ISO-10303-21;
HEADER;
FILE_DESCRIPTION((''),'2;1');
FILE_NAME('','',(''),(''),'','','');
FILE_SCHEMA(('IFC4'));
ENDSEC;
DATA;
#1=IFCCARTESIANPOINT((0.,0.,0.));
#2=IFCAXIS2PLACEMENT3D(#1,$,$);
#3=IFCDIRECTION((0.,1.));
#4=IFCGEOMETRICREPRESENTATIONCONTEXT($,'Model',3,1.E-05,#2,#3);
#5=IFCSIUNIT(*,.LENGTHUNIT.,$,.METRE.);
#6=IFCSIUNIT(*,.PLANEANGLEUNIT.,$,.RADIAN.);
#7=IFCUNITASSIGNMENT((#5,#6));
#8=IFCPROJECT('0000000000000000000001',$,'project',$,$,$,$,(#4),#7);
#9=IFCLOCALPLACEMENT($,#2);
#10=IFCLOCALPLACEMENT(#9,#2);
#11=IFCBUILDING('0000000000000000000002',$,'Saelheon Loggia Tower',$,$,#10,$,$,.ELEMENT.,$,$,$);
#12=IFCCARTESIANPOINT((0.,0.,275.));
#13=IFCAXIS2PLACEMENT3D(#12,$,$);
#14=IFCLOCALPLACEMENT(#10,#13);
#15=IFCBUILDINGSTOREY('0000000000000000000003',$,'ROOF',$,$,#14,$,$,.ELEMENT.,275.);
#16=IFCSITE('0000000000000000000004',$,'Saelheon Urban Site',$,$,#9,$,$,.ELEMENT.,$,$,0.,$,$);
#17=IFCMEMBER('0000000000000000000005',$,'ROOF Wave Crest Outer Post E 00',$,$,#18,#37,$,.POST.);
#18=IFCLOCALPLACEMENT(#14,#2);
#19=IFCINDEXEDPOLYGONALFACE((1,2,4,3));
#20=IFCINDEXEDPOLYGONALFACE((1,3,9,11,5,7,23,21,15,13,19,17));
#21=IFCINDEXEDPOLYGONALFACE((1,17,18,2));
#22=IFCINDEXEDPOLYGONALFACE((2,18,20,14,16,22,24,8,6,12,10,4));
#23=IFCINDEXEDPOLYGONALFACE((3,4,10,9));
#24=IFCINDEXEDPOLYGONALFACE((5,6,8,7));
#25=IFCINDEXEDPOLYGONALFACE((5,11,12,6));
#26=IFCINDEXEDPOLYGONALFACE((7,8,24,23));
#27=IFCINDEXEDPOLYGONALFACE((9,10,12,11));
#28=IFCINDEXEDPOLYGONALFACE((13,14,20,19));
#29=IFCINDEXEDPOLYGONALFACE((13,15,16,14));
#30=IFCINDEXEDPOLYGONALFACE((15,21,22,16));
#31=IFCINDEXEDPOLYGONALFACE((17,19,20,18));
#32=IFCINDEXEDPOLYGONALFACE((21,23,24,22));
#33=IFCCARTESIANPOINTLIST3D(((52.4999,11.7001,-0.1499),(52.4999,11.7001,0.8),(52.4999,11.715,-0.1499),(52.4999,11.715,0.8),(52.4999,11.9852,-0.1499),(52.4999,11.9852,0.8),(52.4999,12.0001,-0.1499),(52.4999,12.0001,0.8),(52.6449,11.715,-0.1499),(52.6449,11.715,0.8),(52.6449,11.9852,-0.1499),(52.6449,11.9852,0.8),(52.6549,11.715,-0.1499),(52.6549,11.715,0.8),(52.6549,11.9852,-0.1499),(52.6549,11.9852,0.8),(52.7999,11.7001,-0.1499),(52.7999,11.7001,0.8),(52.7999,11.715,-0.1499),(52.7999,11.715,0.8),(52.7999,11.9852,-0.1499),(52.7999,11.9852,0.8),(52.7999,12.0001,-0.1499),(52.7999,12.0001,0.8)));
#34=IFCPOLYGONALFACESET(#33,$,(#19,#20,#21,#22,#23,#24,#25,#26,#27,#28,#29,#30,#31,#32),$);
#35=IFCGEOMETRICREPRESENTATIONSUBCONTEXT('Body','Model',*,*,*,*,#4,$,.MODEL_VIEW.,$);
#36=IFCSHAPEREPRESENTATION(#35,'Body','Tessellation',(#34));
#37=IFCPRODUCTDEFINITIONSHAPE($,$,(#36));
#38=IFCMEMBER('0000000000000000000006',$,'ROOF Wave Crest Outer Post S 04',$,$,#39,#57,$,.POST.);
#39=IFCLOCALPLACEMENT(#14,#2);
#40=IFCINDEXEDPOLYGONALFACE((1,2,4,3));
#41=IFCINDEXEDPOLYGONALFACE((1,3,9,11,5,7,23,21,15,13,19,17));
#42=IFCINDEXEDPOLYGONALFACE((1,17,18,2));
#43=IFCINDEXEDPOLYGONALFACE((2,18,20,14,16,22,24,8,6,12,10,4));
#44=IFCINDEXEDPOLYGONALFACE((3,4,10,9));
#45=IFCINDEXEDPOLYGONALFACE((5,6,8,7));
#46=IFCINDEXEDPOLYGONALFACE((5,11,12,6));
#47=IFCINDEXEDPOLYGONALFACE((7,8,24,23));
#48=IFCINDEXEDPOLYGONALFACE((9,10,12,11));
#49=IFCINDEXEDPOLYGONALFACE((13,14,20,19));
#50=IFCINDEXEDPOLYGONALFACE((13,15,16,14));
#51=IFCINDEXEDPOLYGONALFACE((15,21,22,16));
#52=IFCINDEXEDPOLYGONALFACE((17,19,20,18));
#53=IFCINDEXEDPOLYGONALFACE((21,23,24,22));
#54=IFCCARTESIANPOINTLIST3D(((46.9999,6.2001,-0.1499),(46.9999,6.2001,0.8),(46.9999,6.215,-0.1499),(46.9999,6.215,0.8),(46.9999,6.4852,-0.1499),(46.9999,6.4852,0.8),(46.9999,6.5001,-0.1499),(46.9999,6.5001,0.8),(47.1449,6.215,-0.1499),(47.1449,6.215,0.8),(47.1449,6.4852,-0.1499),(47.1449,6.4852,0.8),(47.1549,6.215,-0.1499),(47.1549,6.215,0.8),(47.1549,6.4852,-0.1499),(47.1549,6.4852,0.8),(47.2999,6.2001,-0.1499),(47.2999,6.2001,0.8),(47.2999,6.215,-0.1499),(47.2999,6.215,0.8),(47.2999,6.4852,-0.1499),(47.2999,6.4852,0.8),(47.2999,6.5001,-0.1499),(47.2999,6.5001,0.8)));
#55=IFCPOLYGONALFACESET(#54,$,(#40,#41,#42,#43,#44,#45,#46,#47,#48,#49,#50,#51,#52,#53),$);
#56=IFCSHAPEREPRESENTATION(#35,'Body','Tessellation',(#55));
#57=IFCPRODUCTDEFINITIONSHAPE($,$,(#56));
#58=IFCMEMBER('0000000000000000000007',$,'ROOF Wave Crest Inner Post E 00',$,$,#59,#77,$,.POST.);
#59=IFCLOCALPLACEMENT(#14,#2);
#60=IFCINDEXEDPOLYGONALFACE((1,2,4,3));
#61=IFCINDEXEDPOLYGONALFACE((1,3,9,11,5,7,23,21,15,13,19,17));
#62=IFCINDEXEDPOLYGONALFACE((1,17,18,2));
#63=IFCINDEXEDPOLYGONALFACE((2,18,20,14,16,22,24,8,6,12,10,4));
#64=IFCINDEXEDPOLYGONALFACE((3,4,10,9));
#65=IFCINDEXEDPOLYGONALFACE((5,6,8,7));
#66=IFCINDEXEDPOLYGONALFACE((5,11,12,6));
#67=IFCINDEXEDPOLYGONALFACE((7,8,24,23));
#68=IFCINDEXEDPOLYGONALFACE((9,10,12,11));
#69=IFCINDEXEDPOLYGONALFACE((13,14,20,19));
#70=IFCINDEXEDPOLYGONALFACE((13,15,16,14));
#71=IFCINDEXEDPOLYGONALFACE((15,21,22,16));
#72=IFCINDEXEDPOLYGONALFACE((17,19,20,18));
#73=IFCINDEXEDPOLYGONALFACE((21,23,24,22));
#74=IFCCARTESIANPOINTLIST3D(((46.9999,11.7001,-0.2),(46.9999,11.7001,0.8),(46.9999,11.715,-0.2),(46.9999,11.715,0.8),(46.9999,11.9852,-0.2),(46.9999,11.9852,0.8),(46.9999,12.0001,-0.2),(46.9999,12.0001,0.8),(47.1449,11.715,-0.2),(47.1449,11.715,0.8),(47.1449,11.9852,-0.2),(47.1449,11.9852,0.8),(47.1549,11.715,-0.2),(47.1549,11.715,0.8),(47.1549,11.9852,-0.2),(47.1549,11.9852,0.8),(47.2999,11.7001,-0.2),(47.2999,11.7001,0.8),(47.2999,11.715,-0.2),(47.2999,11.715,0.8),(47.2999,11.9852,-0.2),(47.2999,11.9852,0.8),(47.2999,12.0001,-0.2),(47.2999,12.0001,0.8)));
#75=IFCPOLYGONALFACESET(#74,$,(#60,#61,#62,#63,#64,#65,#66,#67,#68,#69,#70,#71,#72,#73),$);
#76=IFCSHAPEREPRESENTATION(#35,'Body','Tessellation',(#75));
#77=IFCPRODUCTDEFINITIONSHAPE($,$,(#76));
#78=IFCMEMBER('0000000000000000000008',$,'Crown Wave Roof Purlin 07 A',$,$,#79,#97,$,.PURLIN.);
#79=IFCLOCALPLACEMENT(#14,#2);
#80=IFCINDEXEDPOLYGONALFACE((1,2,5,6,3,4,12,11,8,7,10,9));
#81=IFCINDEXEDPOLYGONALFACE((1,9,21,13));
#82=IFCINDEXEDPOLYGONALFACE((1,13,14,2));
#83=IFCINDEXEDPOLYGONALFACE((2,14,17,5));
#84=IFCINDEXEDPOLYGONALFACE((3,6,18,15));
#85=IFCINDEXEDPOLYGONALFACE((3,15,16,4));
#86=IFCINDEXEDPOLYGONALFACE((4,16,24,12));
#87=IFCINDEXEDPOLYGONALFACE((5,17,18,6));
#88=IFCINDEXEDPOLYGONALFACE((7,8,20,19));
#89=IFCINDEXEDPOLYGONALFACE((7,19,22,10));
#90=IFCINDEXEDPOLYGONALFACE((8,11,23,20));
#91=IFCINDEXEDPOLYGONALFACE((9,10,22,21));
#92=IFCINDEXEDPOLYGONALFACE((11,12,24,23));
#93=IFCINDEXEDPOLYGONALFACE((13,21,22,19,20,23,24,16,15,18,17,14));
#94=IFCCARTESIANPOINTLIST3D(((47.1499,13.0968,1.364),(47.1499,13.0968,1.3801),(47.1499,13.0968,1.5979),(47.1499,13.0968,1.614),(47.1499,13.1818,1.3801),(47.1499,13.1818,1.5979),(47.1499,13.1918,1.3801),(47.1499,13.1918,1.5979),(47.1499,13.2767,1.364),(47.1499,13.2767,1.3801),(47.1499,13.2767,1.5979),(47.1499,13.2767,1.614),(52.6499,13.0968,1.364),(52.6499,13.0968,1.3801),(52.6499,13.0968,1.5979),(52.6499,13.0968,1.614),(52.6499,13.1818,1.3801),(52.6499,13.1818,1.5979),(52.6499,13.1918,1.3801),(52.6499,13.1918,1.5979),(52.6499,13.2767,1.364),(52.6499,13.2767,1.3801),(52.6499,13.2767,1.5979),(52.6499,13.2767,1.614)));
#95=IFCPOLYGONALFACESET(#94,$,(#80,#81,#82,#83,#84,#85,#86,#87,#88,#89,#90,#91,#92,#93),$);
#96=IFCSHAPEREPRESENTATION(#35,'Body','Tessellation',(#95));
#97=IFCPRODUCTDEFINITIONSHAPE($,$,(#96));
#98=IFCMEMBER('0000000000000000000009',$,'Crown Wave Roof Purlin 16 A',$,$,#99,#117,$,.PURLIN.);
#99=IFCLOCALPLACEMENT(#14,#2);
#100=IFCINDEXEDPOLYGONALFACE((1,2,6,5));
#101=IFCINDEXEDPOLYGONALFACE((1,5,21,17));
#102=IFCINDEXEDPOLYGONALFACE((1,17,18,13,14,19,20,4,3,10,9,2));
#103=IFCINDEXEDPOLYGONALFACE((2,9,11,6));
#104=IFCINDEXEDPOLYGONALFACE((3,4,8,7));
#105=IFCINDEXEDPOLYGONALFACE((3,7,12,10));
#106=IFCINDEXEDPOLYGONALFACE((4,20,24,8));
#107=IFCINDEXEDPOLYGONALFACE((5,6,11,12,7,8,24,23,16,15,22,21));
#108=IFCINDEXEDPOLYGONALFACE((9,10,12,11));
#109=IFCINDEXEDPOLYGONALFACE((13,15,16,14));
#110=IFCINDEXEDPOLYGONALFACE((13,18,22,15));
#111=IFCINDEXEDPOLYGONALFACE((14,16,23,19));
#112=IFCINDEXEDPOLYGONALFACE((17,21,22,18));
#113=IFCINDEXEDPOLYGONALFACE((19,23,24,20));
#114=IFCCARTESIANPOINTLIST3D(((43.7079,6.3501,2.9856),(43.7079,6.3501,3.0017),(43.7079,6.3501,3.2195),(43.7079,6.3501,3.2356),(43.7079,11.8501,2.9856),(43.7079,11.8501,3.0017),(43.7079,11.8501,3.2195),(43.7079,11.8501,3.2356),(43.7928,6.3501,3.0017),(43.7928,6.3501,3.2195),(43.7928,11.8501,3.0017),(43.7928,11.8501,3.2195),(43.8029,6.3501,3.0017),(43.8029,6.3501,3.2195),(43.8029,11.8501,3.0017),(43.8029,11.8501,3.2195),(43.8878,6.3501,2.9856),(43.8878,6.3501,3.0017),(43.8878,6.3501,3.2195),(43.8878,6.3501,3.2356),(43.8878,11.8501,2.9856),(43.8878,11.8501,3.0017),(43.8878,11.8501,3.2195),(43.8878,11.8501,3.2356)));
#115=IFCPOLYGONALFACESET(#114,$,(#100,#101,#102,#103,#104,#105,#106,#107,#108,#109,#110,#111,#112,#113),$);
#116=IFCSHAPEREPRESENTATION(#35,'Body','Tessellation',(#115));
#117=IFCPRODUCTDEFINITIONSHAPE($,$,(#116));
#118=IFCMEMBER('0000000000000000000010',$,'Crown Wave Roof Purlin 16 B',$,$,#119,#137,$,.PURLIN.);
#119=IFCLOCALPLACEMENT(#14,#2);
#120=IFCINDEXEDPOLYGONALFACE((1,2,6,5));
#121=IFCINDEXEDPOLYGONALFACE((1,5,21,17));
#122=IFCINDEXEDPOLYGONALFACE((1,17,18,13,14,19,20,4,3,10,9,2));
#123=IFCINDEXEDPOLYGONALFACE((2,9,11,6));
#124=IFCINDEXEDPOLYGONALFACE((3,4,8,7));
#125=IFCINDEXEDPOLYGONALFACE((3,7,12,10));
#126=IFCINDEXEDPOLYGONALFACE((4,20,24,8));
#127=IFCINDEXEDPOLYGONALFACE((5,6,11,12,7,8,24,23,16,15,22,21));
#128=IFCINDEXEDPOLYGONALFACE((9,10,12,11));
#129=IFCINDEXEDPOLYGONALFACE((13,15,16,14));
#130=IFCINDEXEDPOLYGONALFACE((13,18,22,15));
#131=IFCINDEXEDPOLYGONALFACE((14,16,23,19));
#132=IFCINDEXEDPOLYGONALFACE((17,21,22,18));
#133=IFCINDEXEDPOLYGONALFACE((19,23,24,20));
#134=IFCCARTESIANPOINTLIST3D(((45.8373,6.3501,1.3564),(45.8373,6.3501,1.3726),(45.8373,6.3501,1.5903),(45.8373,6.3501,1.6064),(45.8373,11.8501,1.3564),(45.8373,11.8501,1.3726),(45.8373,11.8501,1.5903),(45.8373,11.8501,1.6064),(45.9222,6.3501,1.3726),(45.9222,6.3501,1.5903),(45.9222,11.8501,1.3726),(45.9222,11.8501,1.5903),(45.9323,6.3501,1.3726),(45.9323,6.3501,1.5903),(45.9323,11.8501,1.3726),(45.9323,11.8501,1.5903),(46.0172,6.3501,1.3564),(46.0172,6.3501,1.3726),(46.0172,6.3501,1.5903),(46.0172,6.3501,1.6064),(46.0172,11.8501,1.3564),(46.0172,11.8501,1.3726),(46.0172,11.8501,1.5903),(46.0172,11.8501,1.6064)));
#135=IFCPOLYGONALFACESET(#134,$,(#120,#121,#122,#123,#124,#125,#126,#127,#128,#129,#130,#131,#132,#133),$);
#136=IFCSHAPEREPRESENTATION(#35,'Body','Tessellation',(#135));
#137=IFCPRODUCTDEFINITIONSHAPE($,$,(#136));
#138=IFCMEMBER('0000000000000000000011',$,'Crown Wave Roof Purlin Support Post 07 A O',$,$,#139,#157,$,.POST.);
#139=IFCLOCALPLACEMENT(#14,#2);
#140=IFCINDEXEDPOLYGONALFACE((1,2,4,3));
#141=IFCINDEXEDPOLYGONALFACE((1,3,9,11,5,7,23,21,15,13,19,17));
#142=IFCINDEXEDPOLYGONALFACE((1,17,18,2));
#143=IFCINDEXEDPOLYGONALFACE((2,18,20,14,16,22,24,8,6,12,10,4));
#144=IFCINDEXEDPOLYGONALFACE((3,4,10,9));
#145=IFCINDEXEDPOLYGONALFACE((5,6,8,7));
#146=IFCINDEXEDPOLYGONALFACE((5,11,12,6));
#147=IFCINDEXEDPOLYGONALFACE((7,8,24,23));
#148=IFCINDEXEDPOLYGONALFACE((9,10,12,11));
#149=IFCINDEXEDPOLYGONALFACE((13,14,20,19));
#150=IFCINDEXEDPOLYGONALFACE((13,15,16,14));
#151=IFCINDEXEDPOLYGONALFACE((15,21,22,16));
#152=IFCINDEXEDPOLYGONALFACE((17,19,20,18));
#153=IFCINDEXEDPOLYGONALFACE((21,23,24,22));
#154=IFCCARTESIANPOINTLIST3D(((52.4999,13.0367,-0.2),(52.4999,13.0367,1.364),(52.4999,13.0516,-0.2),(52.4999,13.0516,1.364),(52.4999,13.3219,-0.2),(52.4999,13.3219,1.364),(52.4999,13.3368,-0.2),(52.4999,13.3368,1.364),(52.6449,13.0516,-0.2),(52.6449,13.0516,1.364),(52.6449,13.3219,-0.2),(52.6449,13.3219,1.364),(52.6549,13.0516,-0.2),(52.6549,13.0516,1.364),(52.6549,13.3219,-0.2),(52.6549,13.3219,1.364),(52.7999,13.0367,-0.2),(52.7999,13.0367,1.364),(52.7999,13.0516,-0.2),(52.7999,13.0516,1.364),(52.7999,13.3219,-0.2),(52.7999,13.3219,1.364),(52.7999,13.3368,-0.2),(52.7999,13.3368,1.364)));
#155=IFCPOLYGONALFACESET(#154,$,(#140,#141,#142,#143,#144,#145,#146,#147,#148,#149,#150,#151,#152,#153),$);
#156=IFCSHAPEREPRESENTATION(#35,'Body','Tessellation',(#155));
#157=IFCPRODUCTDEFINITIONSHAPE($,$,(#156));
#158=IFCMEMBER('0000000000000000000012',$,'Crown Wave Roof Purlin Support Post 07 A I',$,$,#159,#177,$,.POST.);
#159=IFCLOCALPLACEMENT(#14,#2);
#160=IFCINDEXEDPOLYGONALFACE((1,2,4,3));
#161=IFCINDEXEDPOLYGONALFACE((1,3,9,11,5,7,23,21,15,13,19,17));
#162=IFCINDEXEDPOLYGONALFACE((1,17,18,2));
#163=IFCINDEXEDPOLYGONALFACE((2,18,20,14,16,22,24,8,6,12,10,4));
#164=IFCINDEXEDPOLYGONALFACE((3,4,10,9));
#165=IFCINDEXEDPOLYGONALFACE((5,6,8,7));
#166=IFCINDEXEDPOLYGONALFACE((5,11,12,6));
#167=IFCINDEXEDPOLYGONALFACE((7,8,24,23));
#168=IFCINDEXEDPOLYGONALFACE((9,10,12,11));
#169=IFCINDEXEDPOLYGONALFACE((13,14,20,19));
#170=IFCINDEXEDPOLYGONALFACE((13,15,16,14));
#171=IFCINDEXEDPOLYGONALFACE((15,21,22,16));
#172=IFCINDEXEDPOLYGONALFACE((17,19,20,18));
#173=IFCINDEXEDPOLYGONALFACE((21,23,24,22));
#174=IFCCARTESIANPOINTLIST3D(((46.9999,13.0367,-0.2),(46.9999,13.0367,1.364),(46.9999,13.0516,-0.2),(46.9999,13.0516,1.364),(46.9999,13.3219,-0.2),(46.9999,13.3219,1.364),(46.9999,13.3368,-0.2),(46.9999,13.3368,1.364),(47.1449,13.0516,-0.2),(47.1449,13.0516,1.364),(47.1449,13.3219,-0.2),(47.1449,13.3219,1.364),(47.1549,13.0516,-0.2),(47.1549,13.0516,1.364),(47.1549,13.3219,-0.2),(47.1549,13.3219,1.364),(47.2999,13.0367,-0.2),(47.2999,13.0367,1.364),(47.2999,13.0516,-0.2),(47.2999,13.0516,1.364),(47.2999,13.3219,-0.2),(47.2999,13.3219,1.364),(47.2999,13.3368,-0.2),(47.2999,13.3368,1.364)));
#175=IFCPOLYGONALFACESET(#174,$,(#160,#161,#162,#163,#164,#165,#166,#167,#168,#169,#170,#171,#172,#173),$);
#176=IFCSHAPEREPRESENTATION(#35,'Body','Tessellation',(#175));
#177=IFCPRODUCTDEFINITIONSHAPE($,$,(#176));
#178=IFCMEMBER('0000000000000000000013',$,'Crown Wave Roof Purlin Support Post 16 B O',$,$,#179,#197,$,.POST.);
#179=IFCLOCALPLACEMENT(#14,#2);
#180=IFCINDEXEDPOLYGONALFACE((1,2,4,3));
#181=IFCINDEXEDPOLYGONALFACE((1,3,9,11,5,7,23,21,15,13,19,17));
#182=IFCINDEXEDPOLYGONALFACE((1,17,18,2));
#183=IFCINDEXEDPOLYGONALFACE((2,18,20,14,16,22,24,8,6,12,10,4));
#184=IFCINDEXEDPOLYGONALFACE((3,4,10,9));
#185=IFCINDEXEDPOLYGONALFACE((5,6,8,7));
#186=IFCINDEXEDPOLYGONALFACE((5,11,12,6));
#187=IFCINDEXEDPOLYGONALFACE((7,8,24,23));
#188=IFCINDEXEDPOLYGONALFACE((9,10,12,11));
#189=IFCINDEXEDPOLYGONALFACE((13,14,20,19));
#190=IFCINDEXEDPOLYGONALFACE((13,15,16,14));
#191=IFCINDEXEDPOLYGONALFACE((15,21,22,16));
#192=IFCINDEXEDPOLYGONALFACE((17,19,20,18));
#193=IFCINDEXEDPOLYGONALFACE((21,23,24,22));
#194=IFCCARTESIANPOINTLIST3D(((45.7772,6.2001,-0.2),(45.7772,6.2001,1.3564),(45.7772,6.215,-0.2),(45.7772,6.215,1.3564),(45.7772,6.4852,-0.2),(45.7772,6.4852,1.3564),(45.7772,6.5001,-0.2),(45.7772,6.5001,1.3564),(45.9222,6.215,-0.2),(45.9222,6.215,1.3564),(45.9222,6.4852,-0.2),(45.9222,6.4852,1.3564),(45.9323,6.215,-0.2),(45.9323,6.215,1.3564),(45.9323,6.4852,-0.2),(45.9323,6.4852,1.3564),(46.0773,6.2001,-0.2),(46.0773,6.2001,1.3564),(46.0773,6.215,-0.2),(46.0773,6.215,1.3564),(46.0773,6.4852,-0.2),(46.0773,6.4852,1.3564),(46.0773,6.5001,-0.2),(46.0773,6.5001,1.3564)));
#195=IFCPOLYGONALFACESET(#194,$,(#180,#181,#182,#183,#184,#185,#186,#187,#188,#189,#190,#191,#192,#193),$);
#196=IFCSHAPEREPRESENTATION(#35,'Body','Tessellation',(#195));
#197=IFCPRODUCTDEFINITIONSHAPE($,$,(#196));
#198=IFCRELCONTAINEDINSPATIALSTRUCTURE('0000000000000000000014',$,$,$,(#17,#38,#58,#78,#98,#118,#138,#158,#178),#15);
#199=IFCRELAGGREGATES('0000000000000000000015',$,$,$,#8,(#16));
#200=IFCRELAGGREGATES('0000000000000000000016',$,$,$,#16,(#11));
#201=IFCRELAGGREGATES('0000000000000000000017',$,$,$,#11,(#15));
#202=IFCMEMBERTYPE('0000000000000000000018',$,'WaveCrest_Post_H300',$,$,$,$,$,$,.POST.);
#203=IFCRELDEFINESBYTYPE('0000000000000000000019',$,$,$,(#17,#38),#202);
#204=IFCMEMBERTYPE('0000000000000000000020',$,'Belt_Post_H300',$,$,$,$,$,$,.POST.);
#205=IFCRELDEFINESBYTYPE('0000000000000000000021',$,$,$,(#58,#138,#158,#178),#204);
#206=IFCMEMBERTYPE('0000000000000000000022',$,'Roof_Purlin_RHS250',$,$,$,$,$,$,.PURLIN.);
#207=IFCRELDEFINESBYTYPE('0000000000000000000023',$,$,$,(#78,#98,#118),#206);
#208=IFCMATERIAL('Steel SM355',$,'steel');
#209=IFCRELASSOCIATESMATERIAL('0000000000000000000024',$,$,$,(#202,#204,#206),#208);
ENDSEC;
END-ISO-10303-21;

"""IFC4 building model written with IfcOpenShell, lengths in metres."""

from ifc_helpers import new_model, si_unit, direction, frame, origin, origin_2d, place, context, subcontext, project, spatial, i_section, extrude, source, transform, mapped, material, material_profile, profile_set, type_object, element, save


model = new_model("IFC4")

# Units and contexts
model_context = context("Model", 3, precision=1e-05, world=origin(), true_north=direction((0.0, 1.0)))
body_context = subcontext(model_context, "Body", "Model", "MODEL_VIEW")
ifc_project = project(units=[si_unit("LENGTHUNIT", "METRE"), si_unit("PLANEANGLEUNIT", "RADIAN")], contexts=[model_context])

# Site, building, storey
site_placement = place(None, origin())
site = spatial("IfcSite", under=ifc_project, at=site_placement, Name="Saelheon Urban Site", CompositionType="ELEMENT", RefElevation=0.0)
building_placement = place(site_placement, origin())
building = spatial("IfcBuilding", under=site, at=building_placement, Name="Saelheon Loggia Tower", CompositionType="ELEMENT")
storey_placement = place(building_placement, frame((0.0, 0.0, 275.0)))
storey = spatial("IfcBuildingStorey", under=building, at=storey_placement, Name="ROOF", CompositionType="ELEMENT", Elevation=275.0)

# Members
ifc_material_1 = material(Name="Steel SM355", Category="steel")
ifc_material_profile_1 = material_profile(ifc_material_1, i_section(OverallWidth=0.3, OverallDepth=0.3, WebThickness=0.01, FlangeThickness=0.0149, at=origin_2d()), Name="H-300x300x10x15")
ifc_profile_set_1 = profile_set([ifc_material_profile_1], Name="Steel SM355")
member_type_1 = type_object("IfcMemberType", Name="WaveCrest_Post_H300", PredefinedType="POST", material=ifc_profile_set_1)
shared_shape_1 = source(origin(), body_context, "Body", "SweptSolid", [
    extrude(i_section(OverallWidth=0.3, OverallDepth=0.3, WebThickness=0.01, FlangeThickness=0.0149, at=origin_2d()), origin(), (0.0, 0.0, 1.0), 0.95),
])
for number, where, z_axis, x_axis, name in (
    (1, (52.6499, 11.8501, -0.1499), (0.0, 0.0, 1.0), (1.0, 0.0, 0.0), "ROOF Wave Crest Outer Post E 00"),
    (2, (47.1499, 6.3501, -0.1499), (0.0, 0.0, 1.0), (1.0, 0.0, 0.0), "ROOF Wave Crest Outer Post S 04"),
):
    element("IfcMember", number, at=place(storey_placement, frame(where, z_axis=z_axis, x_axis=x_axis)), inside=storey, type_object=member_type_1, Name=name, PredefinedType="POST", context=body_context, shape_type="MappedRepresentation", body=[
        mapped(shared_shape_1, transform((0.0, 0.0, 0.0), scale=1.0)),
    ])
ifc_material_profile_2 = material_profile(ifc_material_1, i_section(OverallWidth=0.3, OverallDepth=0.3, WebThickness=0.01, FlangeThickness=0.0149, at=origin_2d()), Name="H-300x300x10x15")
ifc_profile_set_2 = profile_set([ifc_material_profile_2], Name="Steel SM355")
member_type_2 = type_object("IfcMemberType", Name="Belt_Post_H300", PredefinedType="POST", material=ifc_profile_set_2)
shared_shape_2 = source(origin(), body_context, "Body", "SweptSolid", [
    extrude(i_section(OverallWidth=0.3, OverallDepth=0.3, WebThickness=0.01, FlangeThickness=0.0149, at=origin_2d()), origin(), (0.0, 0.0, 1.0), 1.0),
])
member_1_placement = place(storey_placement, frame((47.1499, 11.8501, -0.2), z_axis=(0.0, 0.0, 1.0), x_axis=(1.0, 0.0, 0.0)))
element("IfcMember", 3, at=member_1_placement, inside=storey, type_object=member_type_2, Name="ROOF Wave Crest Inner Post E 00", PredefinedType="POST", context=body_context, shape_type="MappedRepresentation", body=[
    mapped(shared_shape_2, transform((0.0, 0.0, 0.0), scale=1.0)),
])
ifc_material_profile_3 = material_profile(ifc_material_1, i_section(OverallWidth=0.1799, OverallDepth=0.25, WebThickness=0.01, FlangeThickness=0.0161, at=origin_2d()), Name="H-250x180x10x16")
ifc_profile_set_3 = profile_set([ifc_material_profile_3], Name="Steel SM355")
member_type_3 = type_object("IfcMemberType", Name="Roof_Purlin_RHS250", PredefinedType="PURLIN", material=ifc_profile_set_3)
shared_shape_3 = source(origin(), body_context, "Body", "SweptSolid", [
    extrude(i_section(OverallWidth=0.1799, OverallDepth=0.25, WebThickness=0.01, FlangeThickness=0.0161, at=origin_2d()), origin(), (0.0, 0.0, 1.0), 5.5),
])
for number, where, z_axis, x_axis, name in (
    (4, (52.6499, 13.1868, 1.489), (-1.0, 0.0, 0.0), (0.0, -1.0, 0.0), "Crown Wave Roof Purlin 07 A"),
    (5, (43.7979, 6.3501, 3.1106), (0.0, 1.0, 0.0), (-1.0, 0.0, 0.0), "Crown Wave Roof Purlin 16 A"),
    (6, (45.9272, 6.3501, 1.4814), (0.0, 1.0, 0.0), (-1.0, 0.0, 0.0), "Crown Wave Roof Purlin 16 B"),
):
    element("IfcMember", number, at=place(storey_placement, frame(where, z_axis=z_axis, x_axis=x_axis)), inside=storey, type_object=member_type_3, Name=name, PredefinedType="PURLIN", context=body_context, shape_type="MappedRepresentation", body=[
        mapped(shared_shape_3, transform((0.0, 0.0, 0.0), scale=1.0)),
    ])
shared_shape_4 = source(origin(), body_context, "Body", "SweptSolid", [
    extrude(i_section(OverallWidth=0.3, OverallDepth=0.3, WebThickness=0.01, FlangeThickness=0.0149, at=origin_2d()), origin(), (0.0, 0.0, 1.0), 1.564),
])
for number, where, z_axis, x_axis, name in (
    (7, (52.6499, 13.1868, -0.2), (0.0, 0.0, 1.0), (1.0, 0.0, 0.0), "Crown Wave Roof Purlin Support Post 07 A O"),
    (8, (47.1499, 13.1868, -0.2), (0.0, 0.0, 1.0), (1.0, 0.0, 0.0), "Crown Wave Roof Purlin Support Post 07 A I"),
):
    element("IfcMember", number, at=place(storey_placement, frame(where, z_axis=z_axis, x_axis=x_axis)), inside=storey, type_object=member_type_2, Name=name, PredefinedType="POST", context=body_context, shape_type="MappedRepresentation", body=[
        mapped(shared_shape_4, transform((0.0, 0.0, 0.0), scale=1.0)),
    ])
shared_shape_5 = source(origin(), body_context, "Body", "SweptSolid", [
    extrude(i_section(OverallWidth=0.3, OverallDepth=0.3, WebThickness=0.01, FlangeThickness=0.0149, at=origin_2d()), origin(), (0.0, 0.0, 1.0), 1.5564),
])
for number, where, z_axis, x_axis, name in (
    (9, (45.9272, 6.3501, -0.2), (0.0, 0.0, 1.0), (1.0, 0.0, 0.0), "Crown Wave Roof Purlin Support Post 16 B O"),
):
    element("IfcMember", number, at=place(storey_placement, frame(where, z_axis=z_axis, x_axis=x_axis)), inside=storey, type_object=member_type_2, Name=name, PredefinedType="POST", context=body_context, shape_type="MappedRepresentation", body=[
        mapped(shared_shape_5, transform((0.0, 0.0, 0.0), scale=1.0)),
    ])

save(model, "model.ifc")
